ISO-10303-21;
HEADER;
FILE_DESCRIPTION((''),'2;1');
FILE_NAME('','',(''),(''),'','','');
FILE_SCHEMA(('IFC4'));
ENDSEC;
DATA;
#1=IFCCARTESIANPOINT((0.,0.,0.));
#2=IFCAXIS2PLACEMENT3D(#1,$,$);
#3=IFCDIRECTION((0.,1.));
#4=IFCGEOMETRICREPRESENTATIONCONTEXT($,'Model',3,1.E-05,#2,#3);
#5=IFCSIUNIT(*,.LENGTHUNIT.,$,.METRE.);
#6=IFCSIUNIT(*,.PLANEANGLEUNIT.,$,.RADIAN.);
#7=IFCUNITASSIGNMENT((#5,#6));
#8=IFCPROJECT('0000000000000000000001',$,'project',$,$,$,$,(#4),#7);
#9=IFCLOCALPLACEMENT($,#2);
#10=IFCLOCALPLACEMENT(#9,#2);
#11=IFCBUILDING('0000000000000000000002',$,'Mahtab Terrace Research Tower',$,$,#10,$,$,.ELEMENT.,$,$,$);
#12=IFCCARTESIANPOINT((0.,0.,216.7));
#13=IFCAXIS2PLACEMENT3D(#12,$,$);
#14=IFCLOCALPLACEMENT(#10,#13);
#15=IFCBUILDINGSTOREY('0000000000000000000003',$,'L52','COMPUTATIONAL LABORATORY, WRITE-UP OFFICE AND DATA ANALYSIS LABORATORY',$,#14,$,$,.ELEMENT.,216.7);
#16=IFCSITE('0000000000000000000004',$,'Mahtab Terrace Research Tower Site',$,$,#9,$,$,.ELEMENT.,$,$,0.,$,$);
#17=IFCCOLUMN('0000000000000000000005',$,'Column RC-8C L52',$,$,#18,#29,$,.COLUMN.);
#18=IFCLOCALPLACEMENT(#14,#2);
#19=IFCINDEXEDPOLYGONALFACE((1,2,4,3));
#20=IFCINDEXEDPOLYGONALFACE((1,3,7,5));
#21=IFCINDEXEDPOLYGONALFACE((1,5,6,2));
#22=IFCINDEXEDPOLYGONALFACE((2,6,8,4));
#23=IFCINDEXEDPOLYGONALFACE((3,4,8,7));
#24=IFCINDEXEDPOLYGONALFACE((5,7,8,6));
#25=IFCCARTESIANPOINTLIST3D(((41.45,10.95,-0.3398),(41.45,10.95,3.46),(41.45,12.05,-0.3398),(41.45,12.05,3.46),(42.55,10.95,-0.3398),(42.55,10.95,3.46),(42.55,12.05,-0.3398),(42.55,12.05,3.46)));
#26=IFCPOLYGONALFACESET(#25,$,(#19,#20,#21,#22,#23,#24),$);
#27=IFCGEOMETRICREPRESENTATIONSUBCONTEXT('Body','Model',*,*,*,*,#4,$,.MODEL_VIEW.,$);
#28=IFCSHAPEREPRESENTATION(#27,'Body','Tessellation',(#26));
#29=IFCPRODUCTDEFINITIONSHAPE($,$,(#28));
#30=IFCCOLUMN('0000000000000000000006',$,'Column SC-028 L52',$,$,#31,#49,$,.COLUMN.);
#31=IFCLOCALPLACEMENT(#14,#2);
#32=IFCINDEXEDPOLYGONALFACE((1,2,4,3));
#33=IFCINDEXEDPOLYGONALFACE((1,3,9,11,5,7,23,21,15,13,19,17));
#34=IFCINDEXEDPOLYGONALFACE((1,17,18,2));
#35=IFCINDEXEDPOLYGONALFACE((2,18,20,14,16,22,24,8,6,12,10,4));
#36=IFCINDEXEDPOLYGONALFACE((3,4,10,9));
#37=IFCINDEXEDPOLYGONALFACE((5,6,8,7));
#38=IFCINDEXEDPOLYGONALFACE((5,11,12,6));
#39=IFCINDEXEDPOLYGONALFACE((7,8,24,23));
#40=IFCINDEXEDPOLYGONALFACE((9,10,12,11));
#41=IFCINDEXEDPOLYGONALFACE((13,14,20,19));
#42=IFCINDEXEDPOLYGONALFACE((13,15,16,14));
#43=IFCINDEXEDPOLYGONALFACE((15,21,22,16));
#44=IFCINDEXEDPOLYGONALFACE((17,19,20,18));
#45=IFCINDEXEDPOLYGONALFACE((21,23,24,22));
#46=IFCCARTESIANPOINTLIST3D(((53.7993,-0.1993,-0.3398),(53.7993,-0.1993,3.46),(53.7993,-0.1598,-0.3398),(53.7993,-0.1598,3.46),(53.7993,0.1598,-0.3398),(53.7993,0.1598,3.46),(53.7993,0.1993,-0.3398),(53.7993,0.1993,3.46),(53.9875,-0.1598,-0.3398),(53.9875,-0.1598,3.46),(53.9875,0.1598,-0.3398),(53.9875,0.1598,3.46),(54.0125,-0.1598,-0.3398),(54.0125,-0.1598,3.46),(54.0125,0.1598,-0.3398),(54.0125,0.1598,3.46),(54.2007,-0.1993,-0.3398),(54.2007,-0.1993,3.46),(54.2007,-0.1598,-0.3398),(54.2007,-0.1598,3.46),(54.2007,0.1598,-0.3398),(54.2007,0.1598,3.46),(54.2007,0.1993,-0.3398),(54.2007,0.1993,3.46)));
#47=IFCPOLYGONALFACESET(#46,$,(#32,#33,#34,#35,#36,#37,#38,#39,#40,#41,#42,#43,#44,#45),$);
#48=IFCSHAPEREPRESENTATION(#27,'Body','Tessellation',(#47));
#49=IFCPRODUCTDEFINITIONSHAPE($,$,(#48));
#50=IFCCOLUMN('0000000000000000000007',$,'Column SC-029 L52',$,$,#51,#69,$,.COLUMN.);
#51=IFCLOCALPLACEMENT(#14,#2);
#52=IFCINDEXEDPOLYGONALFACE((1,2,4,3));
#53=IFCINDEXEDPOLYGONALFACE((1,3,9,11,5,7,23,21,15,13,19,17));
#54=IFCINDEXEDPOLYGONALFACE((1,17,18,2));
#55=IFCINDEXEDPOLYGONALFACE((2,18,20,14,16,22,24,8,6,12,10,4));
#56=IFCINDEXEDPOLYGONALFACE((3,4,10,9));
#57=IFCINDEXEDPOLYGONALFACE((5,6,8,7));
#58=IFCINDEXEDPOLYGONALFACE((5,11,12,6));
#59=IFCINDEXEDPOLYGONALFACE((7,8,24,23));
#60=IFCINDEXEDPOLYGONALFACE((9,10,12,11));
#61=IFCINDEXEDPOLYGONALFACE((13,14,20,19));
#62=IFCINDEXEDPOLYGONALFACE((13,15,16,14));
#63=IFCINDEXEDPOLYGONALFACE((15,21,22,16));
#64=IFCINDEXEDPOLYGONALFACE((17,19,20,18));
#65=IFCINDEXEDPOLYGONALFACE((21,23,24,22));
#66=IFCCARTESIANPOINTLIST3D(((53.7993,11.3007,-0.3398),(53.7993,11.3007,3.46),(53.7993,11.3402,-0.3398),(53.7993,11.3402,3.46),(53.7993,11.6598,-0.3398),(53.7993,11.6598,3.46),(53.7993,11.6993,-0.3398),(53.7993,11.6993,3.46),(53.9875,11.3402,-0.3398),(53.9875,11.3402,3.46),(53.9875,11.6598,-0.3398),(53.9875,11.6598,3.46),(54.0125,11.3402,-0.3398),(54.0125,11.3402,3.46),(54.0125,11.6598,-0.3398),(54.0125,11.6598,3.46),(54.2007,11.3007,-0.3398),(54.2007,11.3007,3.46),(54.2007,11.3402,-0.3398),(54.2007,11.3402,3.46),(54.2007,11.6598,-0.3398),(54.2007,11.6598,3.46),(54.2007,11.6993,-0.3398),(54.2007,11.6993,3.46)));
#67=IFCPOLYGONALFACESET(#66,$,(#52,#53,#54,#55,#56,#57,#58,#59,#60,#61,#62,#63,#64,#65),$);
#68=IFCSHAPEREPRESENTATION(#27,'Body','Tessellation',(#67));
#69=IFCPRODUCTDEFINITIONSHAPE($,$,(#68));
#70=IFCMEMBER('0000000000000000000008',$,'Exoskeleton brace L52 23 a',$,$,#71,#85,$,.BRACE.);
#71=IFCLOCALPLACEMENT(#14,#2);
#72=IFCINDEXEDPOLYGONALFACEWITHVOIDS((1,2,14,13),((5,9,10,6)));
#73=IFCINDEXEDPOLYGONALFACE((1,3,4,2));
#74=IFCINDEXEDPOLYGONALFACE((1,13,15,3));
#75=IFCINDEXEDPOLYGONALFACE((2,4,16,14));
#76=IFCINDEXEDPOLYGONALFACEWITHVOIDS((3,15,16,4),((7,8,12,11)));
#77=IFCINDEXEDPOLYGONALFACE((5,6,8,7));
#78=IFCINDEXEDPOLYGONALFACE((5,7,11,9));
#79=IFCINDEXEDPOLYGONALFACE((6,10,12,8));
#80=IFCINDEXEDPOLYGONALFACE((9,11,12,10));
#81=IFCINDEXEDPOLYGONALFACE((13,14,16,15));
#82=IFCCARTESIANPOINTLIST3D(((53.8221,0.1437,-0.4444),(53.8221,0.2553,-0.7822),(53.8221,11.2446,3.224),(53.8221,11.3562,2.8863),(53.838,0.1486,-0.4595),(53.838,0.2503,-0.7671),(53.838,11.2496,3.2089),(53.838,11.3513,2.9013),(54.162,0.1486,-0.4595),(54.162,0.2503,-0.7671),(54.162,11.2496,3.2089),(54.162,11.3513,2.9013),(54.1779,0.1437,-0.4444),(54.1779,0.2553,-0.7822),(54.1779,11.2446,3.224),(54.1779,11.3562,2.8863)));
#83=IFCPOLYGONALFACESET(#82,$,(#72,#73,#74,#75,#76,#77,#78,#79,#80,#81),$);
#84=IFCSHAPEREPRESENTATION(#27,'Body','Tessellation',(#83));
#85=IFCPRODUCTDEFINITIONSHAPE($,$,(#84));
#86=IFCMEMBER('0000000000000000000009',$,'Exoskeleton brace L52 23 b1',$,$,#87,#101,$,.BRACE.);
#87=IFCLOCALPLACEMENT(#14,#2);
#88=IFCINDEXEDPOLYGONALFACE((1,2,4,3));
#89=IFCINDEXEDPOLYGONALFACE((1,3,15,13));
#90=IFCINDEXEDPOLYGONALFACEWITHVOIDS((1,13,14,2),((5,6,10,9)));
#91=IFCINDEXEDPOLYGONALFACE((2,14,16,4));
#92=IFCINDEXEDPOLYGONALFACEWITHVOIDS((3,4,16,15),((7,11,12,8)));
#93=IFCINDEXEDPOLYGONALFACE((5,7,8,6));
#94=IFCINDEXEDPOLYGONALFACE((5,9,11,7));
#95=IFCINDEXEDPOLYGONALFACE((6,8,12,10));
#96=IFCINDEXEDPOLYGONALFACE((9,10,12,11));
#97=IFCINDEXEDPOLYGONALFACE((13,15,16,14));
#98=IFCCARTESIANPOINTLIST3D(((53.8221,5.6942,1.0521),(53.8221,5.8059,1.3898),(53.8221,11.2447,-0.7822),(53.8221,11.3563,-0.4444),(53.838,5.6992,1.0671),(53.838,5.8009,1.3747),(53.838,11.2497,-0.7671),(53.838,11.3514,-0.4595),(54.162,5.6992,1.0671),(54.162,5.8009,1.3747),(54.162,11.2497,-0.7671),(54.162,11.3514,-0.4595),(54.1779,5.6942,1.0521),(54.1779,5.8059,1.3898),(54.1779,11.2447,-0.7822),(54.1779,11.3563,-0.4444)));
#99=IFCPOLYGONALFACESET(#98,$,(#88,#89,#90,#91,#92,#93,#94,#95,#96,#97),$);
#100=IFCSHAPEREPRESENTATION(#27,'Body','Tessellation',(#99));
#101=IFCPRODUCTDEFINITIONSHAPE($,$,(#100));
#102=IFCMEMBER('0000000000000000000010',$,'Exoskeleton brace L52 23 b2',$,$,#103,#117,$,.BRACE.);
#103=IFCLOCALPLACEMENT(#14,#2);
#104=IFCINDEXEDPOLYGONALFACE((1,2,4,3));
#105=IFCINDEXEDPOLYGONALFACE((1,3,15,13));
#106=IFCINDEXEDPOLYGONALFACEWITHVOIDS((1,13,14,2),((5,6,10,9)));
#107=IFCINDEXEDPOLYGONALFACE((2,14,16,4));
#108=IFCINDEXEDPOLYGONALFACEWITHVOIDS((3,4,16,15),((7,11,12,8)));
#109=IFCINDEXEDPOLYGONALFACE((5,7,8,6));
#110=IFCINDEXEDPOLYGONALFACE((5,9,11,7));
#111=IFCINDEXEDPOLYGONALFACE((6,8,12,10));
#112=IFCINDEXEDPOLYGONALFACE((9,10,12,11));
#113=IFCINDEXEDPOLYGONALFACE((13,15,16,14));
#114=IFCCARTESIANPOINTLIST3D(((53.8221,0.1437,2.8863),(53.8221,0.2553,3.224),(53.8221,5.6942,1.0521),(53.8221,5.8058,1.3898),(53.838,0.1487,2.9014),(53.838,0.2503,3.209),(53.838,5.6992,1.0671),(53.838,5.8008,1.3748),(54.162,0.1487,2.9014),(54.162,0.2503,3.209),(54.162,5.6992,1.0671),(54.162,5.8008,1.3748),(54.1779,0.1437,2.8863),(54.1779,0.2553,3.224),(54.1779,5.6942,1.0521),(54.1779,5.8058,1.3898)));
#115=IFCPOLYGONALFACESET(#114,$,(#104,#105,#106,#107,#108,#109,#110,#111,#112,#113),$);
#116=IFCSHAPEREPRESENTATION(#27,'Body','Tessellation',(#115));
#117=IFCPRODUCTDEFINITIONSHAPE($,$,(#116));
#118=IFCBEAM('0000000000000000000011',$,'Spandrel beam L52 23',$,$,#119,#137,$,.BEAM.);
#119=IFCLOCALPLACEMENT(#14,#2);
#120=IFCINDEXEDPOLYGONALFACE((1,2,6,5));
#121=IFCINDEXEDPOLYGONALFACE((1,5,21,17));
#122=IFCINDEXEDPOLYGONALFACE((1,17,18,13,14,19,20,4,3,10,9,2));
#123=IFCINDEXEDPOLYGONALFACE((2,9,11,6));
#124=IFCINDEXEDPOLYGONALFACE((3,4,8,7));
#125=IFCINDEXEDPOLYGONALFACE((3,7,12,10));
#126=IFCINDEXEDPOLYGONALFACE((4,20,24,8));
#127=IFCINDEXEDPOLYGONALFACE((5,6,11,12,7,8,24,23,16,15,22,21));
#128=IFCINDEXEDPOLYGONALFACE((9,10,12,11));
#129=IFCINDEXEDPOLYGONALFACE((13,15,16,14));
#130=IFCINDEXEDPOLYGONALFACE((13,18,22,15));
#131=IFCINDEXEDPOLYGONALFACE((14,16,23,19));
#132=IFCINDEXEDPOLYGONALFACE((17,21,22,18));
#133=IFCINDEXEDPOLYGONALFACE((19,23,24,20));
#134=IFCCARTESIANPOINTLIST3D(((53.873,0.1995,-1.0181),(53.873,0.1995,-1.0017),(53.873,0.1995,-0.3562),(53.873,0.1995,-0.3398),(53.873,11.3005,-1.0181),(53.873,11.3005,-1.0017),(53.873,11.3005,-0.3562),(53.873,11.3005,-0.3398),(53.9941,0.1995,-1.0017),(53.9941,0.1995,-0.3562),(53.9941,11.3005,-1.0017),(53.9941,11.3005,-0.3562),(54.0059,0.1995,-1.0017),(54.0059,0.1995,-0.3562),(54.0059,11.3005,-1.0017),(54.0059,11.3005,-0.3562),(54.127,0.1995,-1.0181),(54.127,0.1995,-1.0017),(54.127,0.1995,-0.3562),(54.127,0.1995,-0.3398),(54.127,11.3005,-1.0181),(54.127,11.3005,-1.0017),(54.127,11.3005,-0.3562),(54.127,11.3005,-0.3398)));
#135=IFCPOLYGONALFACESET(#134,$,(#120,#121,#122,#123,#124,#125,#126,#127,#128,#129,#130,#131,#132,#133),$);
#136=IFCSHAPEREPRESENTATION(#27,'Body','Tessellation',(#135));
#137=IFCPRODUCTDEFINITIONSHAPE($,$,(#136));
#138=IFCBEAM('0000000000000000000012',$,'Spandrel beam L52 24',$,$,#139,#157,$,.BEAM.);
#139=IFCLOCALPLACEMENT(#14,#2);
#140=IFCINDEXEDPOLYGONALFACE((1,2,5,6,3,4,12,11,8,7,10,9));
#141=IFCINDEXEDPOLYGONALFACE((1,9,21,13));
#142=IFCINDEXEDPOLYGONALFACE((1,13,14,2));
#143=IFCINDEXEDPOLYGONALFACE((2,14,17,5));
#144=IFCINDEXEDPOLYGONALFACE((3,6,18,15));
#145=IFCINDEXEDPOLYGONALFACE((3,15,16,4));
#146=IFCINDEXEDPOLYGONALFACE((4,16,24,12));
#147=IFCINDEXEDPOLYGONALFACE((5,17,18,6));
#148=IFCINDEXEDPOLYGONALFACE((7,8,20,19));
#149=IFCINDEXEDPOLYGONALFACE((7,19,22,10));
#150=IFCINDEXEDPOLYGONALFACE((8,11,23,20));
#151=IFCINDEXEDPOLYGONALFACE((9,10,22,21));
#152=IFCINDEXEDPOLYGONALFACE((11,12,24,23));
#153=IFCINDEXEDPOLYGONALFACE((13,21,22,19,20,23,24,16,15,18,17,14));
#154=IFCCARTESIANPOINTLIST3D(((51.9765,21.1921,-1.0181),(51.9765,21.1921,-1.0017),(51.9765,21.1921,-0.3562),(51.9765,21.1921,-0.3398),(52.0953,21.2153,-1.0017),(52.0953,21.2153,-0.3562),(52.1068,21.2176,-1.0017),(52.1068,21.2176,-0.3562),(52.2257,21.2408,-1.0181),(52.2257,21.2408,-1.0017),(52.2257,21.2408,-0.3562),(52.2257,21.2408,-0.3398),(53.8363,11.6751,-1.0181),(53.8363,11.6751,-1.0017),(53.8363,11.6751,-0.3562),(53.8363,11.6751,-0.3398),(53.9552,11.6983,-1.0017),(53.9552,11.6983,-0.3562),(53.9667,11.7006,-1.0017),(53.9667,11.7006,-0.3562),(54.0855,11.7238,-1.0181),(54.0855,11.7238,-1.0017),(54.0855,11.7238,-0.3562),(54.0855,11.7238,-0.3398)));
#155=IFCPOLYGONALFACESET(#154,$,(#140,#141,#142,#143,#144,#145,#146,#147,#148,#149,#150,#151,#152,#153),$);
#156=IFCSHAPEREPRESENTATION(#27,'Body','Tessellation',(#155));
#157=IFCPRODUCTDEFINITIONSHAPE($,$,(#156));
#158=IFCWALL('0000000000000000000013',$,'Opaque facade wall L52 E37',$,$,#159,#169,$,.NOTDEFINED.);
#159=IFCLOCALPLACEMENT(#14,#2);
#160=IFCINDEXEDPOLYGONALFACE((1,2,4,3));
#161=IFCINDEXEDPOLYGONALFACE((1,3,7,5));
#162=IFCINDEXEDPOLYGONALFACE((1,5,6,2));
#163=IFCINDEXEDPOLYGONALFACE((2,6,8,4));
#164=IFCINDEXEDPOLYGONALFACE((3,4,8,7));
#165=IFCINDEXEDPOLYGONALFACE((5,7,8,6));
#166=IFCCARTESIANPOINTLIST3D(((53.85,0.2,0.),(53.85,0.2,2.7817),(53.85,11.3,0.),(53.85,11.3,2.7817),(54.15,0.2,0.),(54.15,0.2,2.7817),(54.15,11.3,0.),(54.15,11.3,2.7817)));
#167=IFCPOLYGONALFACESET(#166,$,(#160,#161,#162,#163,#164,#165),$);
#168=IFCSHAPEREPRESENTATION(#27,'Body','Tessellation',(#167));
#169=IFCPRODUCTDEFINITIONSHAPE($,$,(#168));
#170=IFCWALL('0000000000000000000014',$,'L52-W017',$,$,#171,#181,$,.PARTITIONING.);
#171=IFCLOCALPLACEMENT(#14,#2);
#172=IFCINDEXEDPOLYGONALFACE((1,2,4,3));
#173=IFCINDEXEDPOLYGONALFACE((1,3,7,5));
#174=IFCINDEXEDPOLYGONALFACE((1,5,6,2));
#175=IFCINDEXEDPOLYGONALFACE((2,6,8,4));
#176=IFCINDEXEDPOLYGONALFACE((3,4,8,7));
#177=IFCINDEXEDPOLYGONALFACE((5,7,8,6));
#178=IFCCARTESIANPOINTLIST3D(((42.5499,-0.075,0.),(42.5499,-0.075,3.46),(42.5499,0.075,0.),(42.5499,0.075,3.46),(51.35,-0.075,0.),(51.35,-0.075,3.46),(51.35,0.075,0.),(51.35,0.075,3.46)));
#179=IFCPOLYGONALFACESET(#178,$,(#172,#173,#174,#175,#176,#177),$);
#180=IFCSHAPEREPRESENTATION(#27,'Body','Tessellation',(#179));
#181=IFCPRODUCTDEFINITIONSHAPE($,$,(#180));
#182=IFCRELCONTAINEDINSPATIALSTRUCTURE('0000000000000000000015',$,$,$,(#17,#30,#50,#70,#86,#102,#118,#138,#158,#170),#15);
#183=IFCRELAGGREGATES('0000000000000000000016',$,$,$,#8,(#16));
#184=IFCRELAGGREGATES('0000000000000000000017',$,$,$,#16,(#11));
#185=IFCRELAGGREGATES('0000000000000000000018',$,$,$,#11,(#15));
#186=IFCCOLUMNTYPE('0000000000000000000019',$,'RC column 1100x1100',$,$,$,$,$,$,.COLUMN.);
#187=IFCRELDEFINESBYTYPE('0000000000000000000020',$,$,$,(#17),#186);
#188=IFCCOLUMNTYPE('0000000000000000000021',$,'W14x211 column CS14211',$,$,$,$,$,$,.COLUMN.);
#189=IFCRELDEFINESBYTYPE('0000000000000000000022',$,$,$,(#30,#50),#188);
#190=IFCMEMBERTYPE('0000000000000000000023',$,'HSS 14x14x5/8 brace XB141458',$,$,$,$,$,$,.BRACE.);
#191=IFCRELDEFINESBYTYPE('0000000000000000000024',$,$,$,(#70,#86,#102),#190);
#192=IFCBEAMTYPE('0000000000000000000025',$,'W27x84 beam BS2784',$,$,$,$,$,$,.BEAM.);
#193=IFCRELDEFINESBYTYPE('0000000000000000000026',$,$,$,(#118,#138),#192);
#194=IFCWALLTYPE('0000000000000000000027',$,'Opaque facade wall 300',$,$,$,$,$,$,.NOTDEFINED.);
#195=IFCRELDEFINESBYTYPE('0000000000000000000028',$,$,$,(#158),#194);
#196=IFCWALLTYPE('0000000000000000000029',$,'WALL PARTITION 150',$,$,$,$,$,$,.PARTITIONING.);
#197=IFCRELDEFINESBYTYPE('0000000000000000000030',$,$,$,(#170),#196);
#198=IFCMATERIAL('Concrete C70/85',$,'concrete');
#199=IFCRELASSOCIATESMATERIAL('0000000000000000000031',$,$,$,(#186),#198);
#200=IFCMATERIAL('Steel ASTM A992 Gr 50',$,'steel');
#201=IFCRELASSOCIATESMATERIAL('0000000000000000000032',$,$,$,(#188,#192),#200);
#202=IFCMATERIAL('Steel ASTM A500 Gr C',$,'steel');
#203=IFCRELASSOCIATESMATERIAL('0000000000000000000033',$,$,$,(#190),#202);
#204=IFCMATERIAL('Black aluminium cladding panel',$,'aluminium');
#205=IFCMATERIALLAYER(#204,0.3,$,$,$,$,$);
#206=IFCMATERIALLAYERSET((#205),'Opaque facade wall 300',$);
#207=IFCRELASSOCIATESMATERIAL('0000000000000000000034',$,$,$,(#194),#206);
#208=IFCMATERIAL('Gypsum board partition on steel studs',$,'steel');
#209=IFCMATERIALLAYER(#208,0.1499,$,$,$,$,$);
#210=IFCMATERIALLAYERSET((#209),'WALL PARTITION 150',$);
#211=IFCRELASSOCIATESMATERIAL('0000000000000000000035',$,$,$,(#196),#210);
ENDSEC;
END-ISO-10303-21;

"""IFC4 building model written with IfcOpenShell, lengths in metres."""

from ifc_helpers import new_model, si_unit, direction, frame, frame_2d, origin, origin_2d, place, context, subcontext, project, spatial, rectangle, hollow_rectangle, i_section, extrude, material, layer, layer_set, material_profile, profile_set, type_object, element, save


model = new_model("IFC4")

# Units and contexts
model_context = context("Model", 3, precision=1e-05, world=origin(), true_north=direction((0.0, 1.0)))
body_context = subcontext(model_context, "Body", "Model", "MODEL_VIEW")
ifc_project = project(units=[si_unit("LENGTHUNIT", "METRE"), si_unit("PLANEANGLEUNIT", "RADIAN")], contexts=[model_context])

# Site, building, storey
site_placement = place(None, origin())
site = spatial("IfcSite", under=ifc_project, at=site_placement, Name="Mahtab Terrace Research Tower Site", CompositionType="ELEMENT", RefElevation=0.0)
building_placement = place(site_placement, origin())
building = spatial("IfcBuilding", under=site, at=building_placement, Name="Mahtab Terrace Research Tower", CompositionType="ELEMENT")
storey_placement = place(building_placement, frame((0.0, 0.0, 216.7)))
storey = spatial("IfcBuildingStorey", under=building, at=storey_placement, Name="L52", Description="COMPUTATIONAL LABORATORY, WRITE-UP OFFICE AND DATA ANALYSIS LABORATORY", CompositionType="ELEMENT", Elevation=216.7)

# Columns
ifc_material_1 = material(Name="Concrete C70/85", Category="concrete")
ifc_material_profile_1 = material_profile(ifc_material_1, rectangle(XDim=1.1001, YDim=1.1001, at=origin_2d()), Name="RC column 1100x1100")
ifc_profile_set_1 = profile_set([ifc_material_profile_1], Name="Concrete C70/85")
column_type_1 = type_object("IfcColumnType", Name="RC column 1100x1100", PredefinedType="COLUMN", material=ifc_profile_set_1)
column_placement = place(storey_placement, frame((42.0, 11.5, -0.3398), z_axis=(0.0, 0.0, 1.0), x_axis=(1.0, 0.0, 0.0)))
element("IfcColumn", 1, at=column_placement, inside=storey, type_object=column_type_1, Name="Column RC-8C L52", PredefinedType="COLUMN", context=body_context, shape_type="SweptSolid", body=[
    extrude(rectangle(XDim=1.1001, YDim=1.1001, at=origin_2d()), origin(), (0.0, 0.0, 1.0), 3.7998),
])
ifc_material_2 = material(Name="Steel ASTM A992 Gr 50", Category="steel")
ifc_material_profile_2 = material_profile(ifc_material_2, i_section(OverallWidth=0.4014, OverallDepth=0.3987, WebThickness=0.0249, FlangeThickness=0.0396, at=origin_2d()), Name="W14X211")
ifc_profile_set_2 = profile_set([ifc_material_profile_2], Name="Steel ASTM A992 Gr 50")
column_type_2 = type_object("IfcColumnType", Name="W14x211 column CS14211", PredefinedType="COLUMN", material=ifc_profile_set_2)
for number, where, z_axis, x_axis, name in (
    (2, (54.0, 0.0, -0.3398), (0.0, 0.0, 1.0), (1.0, 0.0, 0.0), "Column SC-028 L52"),
    (3, (54.0, 11.5, -0.3398), (0.0, 0.0, 1.0), (1.0, 0.0, 0.0), "Column SC-029 L52"),
):
    element("IfcColumn", number, at=place(storey_placement, frame(where, z_axis=z_axis, x_axis=x_axis)), inside=storey, type_object=column_type_2, Name=name, PredefinedType="COLUMN", context=body_context, shape_type="SweptSolid", body=[
        extrude(i_section(OverallWidth=0.4014, OverallDepth=0.3987, WebThickness=0.0249, FlangeThickness=0.0396, at=origin_2d()), origin(), (0.0, 0.0, 1.0), 3.7998),
    ])

# Members
ifc_material_3 = material(Name="Steel ASTM A500 Gr C", Category="steel")
ifc_material_profile_3 = material_profile(ifc_material_3, hollow_rectangle(XDim=0.3557, YDim=0.3557, WallThickness=0.0159, at=origin_2d()), Name="HSS14X14X5/8")
ifc_profile_set_3 = profile_set([ifc_material_profile_3], Name="Steel ASTM A500 Gr C")
member_type = type_object("IfcMemberType", Name="HSS 14x14x5/8 brace XB141458", PredefinedType="BRACE", material=ifc_profile_set_3)
member_placement = place(storey_placement, frame((54.0, 0.1995, -0.6133), z_axis=(0.0, 0.949499, 0.313771), x_axis=(-1.0, 0.0, 0.0)))
element("IfcMember", 4, at=member_placement, inside=storey, type_object=member_type, Name="Exoskeleton brace L52 23 a", PredefinedType="BRACE", context=body_context, shape_type="SweptSolid", body=[
    extrude(hollow_rectangle(XDim=0.3557, YDim=0.3557, WallThickness=0.0159, at=origin_2d()), origin(), (0.0, 0.0, 1.0), 11.6914),
])
for number, where, z_axis, x_axis, name in (
    (5, (54.0, 11.3005, -0.6133), (0.0, -0.949499, 0.313771), (1.0, 0.0, 0.0), "Exoskeleton brace L52 23 b1"),
    (6, (54.0, 5.75, 1.2209), (0.0, -0.949499, 0.313771), (1.0, 0.0, 0.0), "Exoskeleton brace L52 23 b2"),
):
    element("IfcMember", number, at=place(storey_placement, frame(where, z_axis=z_axis, x_axis=x_axis)), inside=storey, type_object=member_type, Name=name, PredefinedType="BRACE", context=body_context, shape_type="SweptSolid", body=[
        extrude(hollow_rectangle(XDim=0.3557, YDim=0.3557, WallThickness=0.0159, at=origin_2d()), origin(), (0.0, 0.0, 1.0), 5.8457),
    ])

# Beams
ifc_material_profile_4 = material_profile(ifc_material_2, i_section(OverallWidth=0.2539, OverallDepth=0.6782, WebThickness=0.0117, FlangeThickness=0.0164, at=origin_2d()), Name="W27X84")
ifc_profile_set_4 = profile_set([ifc_material_profile_4], Name="Steel ASTM A992 Gr 50")
beam_type = type_object("IfcBeamType", Name="W27x84 beam BS2784", PredefinedType="BEAM", material=ifc_profile_set_4)
beam_1_placement = place(storey_placement, frame((54.0, 0.1995, -0.679), z_axis=(0.0, 1.0, 0.0), x_axis=(-1.0, 0.0, 0.0)))
element("IfcBeam", 7, at=beam_1_placement, inside=storey, type_object=beam_type, Name="Spandrel beam L52 23", PredefinedType="BEAM", context=body_context, shape_type="SweptSolid", body=[
    extrude(i_section(OverallWidth=0.2539, OverallDepth=0.6782, WebThickness=0.0117, FlangeThickness=0.0164, at=origin_2d()), origin(), (0.0, 0.0, 1.0), 11.1011),
])
beam_2_placement = place(storey_placement, frame((53.9609, 11.6995, -0.679), z_axis=(-0.191795, 0.981435, 0.0), x_axis=(-0.981435, -0.191795, 0.0)))
element("IfcBeam", 8, at=beam_2_placement, inside=storey, type_object=beam_type, Name="Spandrel beam L52 24", PredefinedType="BEAM", context=body_context, shape_type="SweptSolid", body=[
    extrude(i_section(OverallWidth=0.2539, OverallDepth=0.6782, WebThickness=0.0117, FlangeThickness=0.0164, at=origin_2d()), origin(), (0.0, 0.0, 1.0), 9.697),
])

# Walls
ifc_material_4 = material(Name="Black aluminium cladding panel", Category="aluminium")
ifc_layer_1 = layer(ifc_material_4, 0.3)
ifc_layer_set_1 = layer_set([ifc_layer_1], Name="Opaque facade wall 300")
wall_type_1 = type_object("IfcWallType", Name="Opaque facade wall 300", PredefinedType="NOTDEFINED", material=ifc_layer_set_1)
wall_1_placement = place(storey_placement, frame((54.0, 0.2, 0.0), z_axis=(0.0, 0.0, 1.0), x_axis=(0.0, 1.0, 0.0)))
element("IfcWall", 9, at=wall_1_placement, inside=storey, type_object=wall_type_1, Name="Opaque facade wall L52 E37", PredefinedType="NOTDEFINED", context=body_context, shape_type="SweptSolid", body=[
    extrude(rectangle(XDim=11.1001, YDim=0.3, at=frame_2d((5.55, 0.0))), origin(), (0.0, 0.0, 1.0), 2.7817),
])
ifc_material_5 = material(Name="Gypsum board partition on steel studs", Category="steel")
ifc_layer_2 = layer(ifc_material_5, 0.1499)
ifc_layer_set_2 = layer_set([ifc_layer_2], Name="WALL PARTITION 150")
wall_type_2 = type_object("IfcWallType", Name="WALL PARTITION 150", PredefinedType="PARTITIONING", material=ifc_layer_set_2)
wall_2_placement = place(storey_placement, frame((42.55, 0.0, 0.0), z_axis=(0.0, 0.0, 1.0), x_axis=(1.0, 0.0, 0.0)))
element("IfcWall", 10, at=wall_2_placement, inside=storey, type_object=wall_type_2, Name="L52-W017", PredefinedType="PARTITIONING", context=body_context, shape_type="SweptSolid", body=[
    extrude(rectangle(XDim=8.8, YDim=0.1499, at=frame_2d((4.3999, 0.0))), origin(), (0.0, 0.0, 1.0), 3.46),
])

save(model, "model.ifc")
